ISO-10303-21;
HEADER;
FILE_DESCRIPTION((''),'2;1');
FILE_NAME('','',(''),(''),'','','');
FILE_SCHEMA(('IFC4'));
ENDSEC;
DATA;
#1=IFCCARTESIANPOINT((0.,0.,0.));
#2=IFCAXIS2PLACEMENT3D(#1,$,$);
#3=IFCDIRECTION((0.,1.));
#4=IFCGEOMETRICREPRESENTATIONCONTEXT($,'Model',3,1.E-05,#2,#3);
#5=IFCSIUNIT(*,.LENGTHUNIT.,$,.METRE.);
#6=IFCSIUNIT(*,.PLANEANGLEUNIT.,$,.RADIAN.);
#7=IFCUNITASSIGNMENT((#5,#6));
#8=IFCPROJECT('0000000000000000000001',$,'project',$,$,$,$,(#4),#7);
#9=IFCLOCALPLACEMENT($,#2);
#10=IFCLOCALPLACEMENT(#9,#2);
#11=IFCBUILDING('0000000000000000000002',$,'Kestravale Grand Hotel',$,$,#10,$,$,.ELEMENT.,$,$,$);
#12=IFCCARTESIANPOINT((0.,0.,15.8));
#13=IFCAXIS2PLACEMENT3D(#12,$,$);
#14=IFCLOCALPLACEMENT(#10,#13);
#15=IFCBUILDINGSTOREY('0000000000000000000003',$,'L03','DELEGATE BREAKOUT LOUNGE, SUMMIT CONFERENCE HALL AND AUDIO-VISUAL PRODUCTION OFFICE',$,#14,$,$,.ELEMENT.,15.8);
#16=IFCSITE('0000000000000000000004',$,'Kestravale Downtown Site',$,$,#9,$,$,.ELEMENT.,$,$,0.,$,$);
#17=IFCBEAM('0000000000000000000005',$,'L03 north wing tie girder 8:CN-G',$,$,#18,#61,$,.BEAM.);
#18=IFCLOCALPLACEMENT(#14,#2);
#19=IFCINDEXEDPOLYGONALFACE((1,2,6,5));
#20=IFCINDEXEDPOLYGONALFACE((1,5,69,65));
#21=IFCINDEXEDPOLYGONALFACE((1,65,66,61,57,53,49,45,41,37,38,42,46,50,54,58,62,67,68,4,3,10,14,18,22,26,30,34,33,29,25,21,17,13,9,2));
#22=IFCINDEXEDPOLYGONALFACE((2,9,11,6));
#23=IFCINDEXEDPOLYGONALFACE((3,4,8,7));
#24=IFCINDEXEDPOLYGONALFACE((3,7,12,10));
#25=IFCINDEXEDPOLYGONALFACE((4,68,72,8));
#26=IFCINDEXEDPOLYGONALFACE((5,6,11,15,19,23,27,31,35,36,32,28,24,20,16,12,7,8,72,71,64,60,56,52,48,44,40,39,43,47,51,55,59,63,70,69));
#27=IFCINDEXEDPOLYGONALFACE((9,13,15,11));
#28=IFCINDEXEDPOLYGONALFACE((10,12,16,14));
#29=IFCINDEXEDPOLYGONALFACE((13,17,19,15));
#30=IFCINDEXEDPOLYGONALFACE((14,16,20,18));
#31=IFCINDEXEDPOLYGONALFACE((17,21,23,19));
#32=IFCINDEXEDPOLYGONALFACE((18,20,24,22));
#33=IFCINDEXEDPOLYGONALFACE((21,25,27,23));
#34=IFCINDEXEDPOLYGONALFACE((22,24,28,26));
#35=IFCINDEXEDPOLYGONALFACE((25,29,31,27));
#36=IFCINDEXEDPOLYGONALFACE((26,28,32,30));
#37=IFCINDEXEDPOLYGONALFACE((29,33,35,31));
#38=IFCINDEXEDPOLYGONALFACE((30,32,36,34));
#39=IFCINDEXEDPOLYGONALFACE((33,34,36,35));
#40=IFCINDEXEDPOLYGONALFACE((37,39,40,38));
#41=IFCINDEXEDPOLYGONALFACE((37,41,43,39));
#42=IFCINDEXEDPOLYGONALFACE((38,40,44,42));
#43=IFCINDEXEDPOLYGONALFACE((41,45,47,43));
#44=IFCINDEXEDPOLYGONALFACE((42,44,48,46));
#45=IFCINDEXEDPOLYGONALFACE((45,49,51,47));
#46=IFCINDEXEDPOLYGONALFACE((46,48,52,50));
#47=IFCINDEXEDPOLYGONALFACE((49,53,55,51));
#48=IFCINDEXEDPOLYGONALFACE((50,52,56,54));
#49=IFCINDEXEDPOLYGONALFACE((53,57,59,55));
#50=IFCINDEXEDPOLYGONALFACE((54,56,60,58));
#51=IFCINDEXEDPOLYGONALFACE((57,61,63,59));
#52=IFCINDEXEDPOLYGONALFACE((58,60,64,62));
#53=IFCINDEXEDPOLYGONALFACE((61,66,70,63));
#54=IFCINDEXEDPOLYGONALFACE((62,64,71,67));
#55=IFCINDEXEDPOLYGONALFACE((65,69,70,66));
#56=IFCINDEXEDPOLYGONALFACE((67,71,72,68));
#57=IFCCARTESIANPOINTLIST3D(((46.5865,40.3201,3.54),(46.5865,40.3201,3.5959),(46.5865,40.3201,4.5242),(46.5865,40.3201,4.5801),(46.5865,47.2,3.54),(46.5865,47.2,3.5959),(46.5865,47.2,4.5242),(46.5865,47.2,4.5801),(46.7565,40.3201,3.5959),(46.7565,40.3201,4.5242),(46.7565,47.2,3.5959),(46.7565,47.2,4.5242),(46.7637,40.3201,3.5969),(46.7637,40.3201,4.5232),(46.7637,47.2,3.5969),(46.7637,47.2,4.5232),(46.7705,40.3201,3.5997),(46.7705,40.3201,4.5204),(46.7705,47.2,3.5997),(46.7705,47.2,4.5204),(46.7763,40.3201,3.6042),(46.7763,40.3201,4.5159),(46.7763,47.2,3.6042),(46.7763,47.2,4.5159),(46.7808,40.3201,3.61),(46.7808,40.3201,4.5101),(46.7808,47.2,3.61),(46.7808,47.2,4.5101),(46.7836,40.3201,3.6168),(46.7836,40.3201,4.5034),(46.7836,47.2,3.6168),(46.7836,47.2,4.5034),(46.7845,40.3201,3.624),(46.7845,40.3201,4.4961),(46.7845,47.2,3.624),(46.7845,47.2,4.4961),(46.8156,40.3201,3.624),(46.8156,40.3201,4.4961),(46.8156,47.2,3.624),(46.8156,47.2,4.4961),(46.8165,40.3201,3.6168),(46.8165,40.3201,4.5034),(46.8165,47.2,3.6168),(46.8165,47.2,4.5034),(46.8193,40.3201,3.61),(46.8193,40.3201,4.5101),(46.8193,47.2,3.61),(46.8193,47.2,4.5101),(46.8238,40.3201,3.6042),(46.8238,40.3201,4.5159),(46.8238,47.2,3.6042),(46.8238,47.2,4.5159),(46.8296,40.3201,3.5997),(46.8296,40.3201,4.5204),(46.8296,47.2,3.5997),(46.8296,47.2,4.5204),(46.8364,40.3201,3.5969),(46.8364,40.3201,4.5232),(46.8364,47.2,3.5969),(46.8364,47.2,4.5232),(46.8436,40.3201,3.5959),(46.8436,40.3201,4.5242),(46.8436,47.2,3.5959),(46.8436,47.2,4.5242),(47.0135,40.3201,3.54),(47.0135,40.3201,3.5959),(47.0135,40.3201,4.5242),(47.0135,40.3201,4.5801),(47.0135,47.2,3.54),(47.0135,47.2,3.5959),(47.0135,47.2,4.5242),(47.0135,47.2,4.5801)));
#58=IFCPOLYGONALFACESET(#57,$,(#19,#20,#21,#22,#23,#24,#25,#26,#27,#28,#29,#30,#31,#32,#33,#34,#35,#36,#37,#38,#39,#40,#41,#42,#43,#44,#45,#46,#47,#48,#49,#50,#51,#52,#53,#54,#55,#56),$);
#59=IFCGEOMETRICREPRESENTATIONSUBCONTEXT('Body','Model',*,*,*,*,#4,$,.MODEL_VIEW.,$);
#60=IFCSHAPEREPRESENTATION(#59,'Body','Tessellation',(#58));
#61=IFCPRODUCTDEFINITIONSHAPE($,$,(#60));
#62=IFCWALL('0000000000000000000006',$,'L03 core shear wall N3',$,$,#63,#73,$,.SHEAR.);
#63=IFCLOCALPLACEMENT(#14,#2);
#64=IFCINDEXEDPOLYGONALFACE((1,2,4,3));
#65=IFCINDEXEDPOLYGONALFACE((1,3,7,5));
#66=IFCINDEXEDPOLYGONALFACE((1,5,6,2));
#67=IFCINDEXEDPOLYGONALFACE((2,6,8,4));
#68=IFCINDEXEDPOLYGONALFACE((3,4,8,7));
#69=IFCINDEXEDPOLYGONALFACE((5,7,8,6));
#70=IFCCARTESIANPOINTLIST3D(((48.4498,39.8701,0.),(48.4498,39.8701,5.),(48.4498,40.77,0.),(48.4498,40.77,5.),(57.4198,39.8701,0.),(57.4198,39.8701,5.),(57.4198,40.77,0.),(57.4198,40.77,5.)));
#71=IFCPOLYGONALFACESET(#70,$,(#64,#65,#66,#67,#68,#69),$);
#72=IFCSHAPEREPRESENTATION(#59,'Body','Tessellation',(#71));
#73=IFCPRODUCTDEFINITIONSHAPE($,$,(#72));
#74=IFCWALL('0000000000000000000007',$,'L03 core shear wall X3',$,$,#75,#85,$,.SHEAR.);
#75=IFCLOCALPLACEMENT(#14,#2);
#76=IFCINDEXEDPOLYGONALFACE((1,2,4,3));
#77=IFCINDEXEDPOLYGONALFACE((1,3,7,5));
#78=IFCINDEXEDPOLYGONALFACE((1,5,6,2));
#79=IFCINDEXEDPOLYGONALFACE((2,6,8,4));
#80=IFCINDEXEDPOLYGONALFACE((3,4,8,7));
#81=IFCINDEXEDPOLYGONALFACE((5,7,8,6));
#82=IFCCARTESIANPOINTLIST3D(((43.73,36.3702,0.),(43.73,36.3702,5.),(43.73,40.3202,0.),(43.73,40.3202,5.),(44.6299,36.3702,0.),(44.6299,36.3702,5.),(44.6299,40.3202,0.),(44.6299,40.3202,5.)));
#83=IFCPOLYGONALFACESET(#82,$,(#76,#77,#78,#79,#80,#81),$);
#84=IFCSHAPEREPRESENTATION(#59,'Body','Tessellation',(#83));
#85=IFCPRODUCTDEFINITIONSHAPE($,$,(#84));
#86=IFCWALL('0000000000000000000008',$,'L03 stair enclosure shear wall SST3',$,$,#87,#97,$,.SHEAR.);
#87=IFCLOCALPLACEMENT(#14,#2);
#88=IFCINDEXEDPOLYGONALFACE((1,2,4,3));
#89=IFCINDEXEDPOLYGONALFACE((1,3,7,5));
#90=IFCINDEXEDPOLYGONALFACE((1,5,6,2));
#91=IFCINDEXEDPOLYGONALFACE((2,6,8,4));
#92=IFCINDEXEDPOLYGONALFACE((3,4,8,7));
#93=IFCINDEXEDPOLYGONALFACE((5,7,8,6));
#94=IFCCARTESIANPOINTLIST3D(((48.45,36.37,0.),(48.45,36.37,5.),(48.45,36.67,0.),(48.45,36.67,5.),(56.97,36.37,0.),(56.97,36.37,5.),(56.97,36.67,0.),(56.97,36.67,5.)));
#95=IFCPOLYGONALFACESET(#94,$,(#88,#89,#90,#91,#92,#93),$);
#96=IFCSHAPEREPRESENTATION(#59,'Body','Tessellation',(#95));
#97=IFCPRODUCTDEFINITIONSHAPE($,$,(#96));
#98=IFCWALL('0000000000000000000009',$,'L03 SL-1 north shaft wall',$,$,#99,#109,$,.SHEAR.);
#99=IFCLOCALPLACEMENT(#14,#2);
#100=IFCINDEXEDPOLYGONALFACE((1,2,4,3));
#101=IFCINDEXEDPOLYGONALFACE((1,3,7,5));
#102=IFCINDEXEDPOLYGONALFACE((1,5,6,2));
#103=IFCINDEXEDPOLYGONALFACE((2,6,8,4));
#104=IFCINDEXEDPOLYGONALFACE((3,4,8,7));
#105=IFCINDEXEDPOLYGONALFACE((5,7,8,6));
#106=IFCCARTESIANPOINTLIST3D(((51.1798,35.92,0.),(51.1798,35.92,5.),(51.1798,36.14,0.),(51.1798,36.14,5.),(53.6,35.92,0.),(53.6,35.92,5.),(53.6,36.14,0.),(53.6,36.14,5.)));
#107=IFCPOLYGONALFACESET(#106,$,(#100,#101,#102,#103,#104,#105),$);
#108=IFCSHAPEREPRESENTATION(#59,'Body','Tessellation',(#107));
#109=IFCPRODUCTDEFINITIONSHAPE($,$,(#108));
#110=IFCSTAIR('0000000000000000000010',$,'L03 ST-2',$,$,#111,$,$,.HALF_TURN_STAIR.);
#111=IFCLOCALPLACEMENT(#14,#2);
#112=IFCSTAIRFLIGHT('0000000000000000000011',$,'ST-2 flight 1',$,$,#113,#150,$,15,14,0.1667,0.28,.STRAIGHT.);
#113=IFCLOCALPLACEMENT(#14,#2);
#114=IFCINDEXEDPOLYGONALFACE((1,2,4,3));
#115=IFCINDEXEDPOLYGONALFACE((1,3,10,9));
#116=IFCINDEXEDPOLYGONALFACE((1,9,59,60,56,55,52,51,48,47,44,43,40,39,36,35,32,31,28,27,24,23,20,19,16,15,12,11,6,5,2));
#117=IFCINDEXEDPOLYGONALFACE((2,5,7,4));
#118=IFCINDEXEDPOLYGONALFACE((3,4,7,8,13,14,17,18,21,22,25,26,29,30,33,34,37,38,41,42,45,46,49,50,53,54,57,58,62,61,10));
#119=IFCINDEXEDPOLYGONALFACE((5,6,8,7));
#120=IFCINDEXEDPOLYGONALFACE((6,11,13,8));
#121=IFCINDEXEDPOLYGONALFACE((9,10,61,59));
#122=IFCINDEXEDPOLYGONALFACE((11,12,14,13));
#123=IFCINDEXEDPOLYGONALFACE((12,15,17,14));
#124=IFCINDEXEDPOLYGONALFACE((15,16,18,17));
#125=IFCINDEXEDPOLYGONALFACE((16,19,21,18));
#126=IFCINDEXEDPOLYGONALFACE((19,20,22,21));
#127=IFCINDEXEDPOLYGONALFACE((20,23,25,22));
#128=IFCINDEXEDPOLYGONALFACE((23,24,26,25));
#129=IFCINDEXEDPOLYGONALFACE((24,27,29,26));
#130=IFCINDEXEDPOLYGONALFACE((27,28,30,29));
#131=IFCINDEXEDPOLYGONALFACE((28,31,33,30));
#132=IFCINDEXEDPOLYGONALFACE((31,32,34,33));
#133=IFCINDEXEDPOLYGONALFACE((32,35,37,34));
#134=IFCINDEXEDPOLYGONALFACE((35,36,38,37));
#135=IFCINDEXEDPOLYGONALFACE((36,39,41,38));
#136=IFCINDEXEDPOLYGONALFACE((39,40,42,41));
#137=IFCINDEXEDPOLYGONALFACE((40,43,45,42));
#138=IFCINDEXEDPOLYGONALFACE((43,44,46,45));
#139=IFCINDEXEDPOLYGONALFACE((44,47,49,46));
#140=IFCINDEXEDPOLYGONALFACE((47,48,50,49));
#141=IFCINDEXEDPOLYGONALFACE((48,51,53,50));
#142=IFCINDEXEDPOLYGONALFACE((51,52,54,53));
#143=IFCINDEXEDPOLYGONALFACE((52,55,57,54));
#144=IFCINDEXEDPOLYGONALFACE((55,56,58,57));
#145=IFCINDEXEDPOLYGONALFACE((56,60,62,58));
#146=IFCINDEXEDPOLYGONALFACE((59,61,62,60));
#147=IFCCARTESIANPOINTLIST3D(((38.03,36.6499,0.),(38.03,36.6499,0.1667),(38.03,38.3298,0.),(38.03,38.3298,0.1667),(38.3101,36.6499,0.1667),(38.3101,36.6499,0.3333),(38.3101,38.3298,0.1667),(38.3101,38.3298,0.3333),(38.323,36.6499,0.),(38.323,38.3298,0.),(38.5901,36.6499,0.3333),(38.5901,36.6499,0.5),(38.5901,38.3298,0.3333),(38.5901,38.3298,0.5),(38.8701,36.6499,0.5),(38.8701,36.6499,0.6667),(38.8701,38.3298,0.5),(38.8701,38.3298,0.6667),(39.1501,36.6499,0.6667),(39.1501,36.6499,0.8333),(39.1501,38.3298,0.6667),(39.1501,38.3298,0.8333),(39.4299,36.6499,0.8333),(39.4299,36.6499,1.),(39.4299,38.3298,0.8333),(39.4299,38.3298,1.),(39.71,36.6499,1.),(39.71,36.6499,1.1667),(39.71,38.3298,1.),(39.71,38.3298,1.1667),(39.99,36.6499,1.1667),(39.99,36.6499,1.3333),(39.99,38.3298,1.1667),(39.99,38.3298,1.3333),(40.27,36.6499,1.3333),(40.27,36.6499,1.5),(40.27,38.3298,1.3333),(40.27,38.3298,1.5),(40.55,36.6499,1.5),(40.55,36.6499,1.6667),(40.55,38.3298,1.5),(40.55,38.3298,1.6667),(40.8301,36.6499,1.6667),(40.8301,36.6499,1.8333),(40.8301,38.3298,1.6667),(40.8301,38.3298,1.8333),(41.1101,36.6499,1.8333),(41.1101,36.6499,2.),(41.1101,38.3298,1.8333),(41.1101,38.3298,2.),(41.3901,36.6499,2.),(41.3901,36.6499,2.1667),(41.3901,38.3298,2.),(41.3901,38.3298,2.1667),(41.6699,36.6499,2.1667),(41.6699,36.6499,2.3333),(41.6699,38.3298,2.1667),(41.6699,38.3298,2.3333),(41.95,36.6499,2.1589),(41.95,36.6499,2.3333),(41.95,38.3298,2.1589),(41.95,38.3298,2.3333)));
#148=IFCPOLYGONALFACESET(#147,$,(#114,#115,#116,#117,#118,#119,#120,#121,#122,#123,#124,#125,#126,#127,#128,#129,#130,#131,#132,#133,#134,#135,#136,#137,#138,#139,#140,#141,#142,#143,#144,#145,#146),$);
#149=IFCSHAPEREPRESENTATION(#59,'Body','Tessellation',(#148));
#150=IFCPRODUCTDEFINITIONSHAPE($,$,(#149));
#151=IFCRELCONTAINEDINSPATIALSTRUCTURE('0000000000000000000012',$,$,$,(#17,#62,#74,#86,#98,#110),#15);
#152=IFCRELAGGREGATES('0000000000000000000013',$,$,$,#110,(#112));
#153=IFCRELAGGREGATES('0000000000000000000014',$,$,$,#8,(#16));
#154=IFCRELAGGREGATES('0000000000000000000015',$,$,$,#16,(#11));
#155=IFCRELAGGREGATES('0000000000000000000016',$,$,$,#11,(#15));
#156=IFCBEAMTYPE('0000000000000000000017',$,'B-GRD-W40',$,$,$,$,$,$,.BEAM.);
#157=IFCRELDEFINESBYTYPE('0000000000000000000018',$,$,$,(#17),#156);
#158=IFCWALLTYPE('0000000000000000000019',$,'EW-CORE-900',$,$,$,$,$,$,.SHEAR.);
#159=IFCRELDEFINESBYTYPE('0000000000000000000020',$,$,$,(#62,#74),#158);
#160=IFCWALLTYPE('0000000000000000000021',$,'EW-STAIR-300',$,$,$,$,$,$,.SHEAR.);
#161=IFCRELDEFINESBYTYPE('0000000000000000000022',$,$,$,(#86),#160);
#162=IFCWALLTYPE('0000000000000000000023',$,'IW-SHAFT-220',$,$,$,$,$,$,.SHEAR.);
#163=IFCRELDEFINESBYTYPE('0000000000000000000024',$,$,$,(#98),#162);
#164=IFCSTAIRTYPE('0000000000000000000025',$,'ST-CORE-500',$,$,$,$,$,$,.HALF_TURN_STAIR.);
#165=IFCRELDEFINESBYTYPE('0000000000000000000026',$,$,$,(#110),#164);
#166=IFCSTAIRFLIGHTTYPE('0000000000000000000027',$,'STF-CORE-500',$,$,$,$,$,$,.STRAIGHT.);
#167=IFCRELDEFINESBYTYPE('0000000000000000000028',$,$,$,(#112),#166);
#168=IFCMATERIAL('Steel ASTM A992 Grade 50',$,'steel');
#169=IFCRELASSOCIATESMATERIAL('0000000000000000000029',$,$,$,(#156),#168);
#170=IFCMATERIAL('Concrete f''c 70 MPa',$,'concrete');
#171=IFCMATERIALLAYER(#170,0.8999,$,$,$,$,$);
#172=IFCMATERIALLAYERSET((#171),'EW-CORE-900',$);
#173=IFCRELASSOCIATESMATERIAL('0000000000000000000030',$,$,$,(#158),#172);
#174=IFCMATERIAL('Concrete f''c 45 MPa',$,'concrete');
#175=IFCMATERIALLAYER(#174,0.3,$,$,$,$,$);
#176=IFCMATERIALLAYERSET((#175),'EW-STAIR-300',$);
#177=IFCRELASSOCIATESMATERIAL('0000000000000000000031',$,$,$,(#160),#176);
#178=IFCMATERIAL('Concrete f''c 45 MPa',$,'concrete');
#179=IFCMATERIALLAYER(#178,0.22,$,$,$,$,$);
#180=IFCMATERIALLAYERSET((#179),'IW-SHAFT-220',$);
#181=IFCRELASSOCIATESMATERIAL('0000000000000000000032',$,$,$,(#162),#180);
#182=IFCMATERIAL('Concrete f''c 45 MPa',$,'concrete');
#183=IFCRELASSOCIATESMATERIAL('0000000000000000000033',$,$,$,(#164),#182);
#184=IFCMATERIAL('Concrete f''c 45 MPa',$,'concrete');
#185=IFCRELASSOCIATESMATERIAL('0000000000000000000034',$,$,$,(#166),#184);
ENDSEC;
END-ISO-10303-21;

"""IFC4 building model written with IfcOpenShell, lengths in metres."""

from ifc_helpers import new_model, si_unit, direction, frame, frame_2d, origin, origin_2d, place, context, subcontext, project, spatial, polyline, rectangle, i_section, outline, extrude, material, layer, layer_set, material_profile, profile_set, type_object, element, aggregate, save


model = new_model("IFC4")

# Units and contexts
model_context = context("Model", 3, precision=1e-05, world=origin(), true_north=direction((0.0, 1.0)))
body_context = subcontext(model_context, "Body", "Model", "MODEL_VIEW")
ifc_project = project(units=[si_unit("LENGTHUNIT", "METRE"), si_unit("PLANEANGLEUNIT", "RADIAN")], contexts=[model_context])

# Site, building, storey
site_placement = place(None, origin())
site = spatial("IfcSite", under=ifc_project, at=site_placement, Name="Kestravale Downtown Site", CompositionType="ELEMENT", RefElevation=0.0)
building_placement = place(site_placement, origin())
building = spatial("IfcBuilding", under=site, at=building_placement, Name="Kestravale Grand Hotel", CompositionType="ELEMENT")
storey_placement = place(building_placement, frame((0.0, 0.0, 15.8)))
storey = spatial("IfcBuildingStorey", under=building, at=storey_placement, Name="L03", Description="DELEGATE BREAKOUT LOUNGE, SUMMIT CONFERENCE HALL AND AUDIO-VISUAL PRODUCTION OFFICE", CompositionType="ELEMENT", Elevation=15.8)

# Beam
ifc_material_1 = material(Name="Steel ASTM A992 Grade 50", Category="steel")
ifc_material_profile_1 = material_profile(ifc_material_1, i_section(OverallWidth=0.427, OverallDepth=1.04, WebThickness=0.031, FlangeThickness=0.0559, FilletRadius=0.0281, at=origin_2d()))
ifc_profile_set_1 = profile_set([ifc_material_profile_1], Name="Steel ASTM A992 Grade 50")
beam_type_1 = type_object("IfcBeamType", Name="B-GRD-W40", PredefinedType="BEAM", material=ifc_profile_set_1)
beam_1_placement = place(storey_placement, frame((46.8, 40.3201, 4.0601), z_axis=(0.0, 1.0, 0.0), x_axis=(-1.0, 0.0, 0.0)))
element("IfcBeam", 1, at=beam_1_placement, inside=storey, type_object=beam_type_1, Name="L03 north wing tie girder 8:CN-G", PredefinedType="BEAM", context=body_context, shape_type="SweptSolid", body=[
    extrude(i_section(OverallWidth=0.427, OverallDepth=1.04, WebThickness=0.031, FlangeThickness=0.0559, FilletRadius=0.0281, at=origin_2d()), origin(), (0.0, 0.0, 1.0), 6.8799),
])

# Walls
ifc_material_2 = material(Name="Concrete f'c 70 MPa", Category="concrete")
ifc_layer_1 = layer(ifc_material_2, 0.8999)
ifc_layer_set_1 = layer_set([ifc_layer_1], Name="EW-CORE-900")
wall_type_1 = type_object("IfcWallType", Name="EW-CORE-900", PredefinedType="SHEAR", material=ifc_layer_set_1)
wall_1_placement = place(storey_placement, frame((48.45, 40.3201, 0.0), z_axis=(0.0, 0.0, 1.0), x_axis=(1.0, 0.0, 0.0)))
element("IfcWall", 2, at=wall_1_placement, inside=storey, type_object=wall_type_1, Name="L03 core shear wall N3", PredefinedType="SHEAR", context=body_context, shape_type="SweptSolid", body=[
    extrude(rectangle(XDim=8.97, YDim=0.8999, at=frame_2d((4.4849, 0.0))), origin(), (0.0, 0.0, 1.0), 5.0),
])
wall_2_placement = place(storey_placement, frame((44.1799, 36.3701, 0.0), z_axis=(0.0, 0.0, 1.0), x_axis=(0.0, 1.0, 0.0)))
element("IfcWall", 3, at=wall_2_placement, inside=storey, type_object=wall_type_1, Name="L03 core shear wall X3", PredefinedType="SHEAR", context=body_context, shape_type="SweptSolid", body=[
    extrude(rectangle(XDim=3.95, YDim=0.8999, at=frame_2d((1.9751, 0.0))), origin(), (0.0, 0.0, 1.0), 5.0),
])
ifc_material_3 = material(Name="Concrete f'c 45 MPa", Category="concrete")
ifc_layer_2 = layer(ifc_material_3, 0.3)
ifc_layer_set_2 = layer_set([ifc_layer_2], Name="EW-STAIR-300")
wall_type_2 = type_object("IfcWallType", Name="EW-STAIR-300", PredefinedType="SHEAR", material=ifc_layer_set_2)
wall_3_placement = place(storey_placement, frame((48.45, 36.52, 0.0), z_axis=(0.0, 0.0, 1.0), x_axis=(1.0, 0.0, 0.0)))
element("IfcWall", 4, at=wall_3_placement, inside=storey, type_object=wall_type_2, Name="L03 stair enclosure shear wall SST3", PredefinedType="SHEAR", context=body_context, shape_type="SweptSolid", body=[
    extrude(rectangle(XDim=8.52, YDim=0.3, at=frame_2d((4.26, 0.0))), origin(), (0.0, 0.0, 1.0), 5.0),
])

# Wall
ifc_material_4 = material(Name="Concrete f'c 45 MPa", Category="concrete")
ifc_layer_3 = layer(ifc_material_4, 0.22)
ifc_layer_set_3 = layer_set([ifc_layer_3], Name="IW-SHAFT-220")
wall_type_3 = type_object("IfcWallType", Name="IW-SHAFT-220", PredefinedType="SHEAR", material=ifc_layer_set_3)
wall_4_placement = place(storey_placement, frame((51.1799, 36.03, 0.0), z_axis=(0.0, 0.0, 1.0), x_axis=(1.0, 0.0, 0.0)))
element("IfcWall", 5, at=wall_4_placement, inside=storey, type_object=wall_type_3, Name="L03 SL-1 north shaft wall", PredefinedType="SHEAR", context=body_context, shape_type="SweptSolid", body=[
    extrude(rectangle(XDim=2.4202, YDim=0.22, at=frame_2d((1.21, 0.0))), origin(), (0.0, 0.0, 1.0), 5.0),
])

# Stair, stair flight
ifc_material_5 = material(Name="Concrete f'c 45 MPa", Category="concrete")
stair_type = type_object("IfcStairType", Name="ST-CORE-500", PredefinedType="HALF_TURN_STAIR", material=ifc_material_5)
stair_1_placement = place(storey_placement, origin())
stair_1 = element("IfcStair", 6, at=stair_1_placement, inside=storey, type_object=stair_type, Name="L03 ST-2", PredefinedType="HALF_TURN_STAIR")
ifc_material_6 = material(Name="Concrete f'c 45 MPa", Category="concrete")
stair_flight_type = type_object("IfcStairFlightType", Name="STF-CORE-500", PredefinedType="STRAIGHT", material=ifc_material_6)
stair_flight_1_placement = place(storey_placement, frame((38.03, 37.49, 0.0), z_axis=(0.0, 0.0, 1.0), x_axis=(1.0, 0.0, 0.0)))
stair_flight_1 = element("IfcStairFlight", 7, at=stair_flight_1_placement, type_object=stair_flight_type, Name="ST-2 flight 1", NumberOfRisers=15, NumberOfTreads=14, PredefinedType="STRAIGHT", RiserHeight=0.1667, TreadLength=0.28, context=body_context, shape_type="SweptSolid", body=[
    extrude(outline(polyline([(0.0, 0.0), (0.0, 0.1667), (0.28, 0.1667), (0.28, 0.3333), (0.5601, 0.3333), (0.5601, 0.5), (0.8401, 0.5), (0.8401, 0.6667), (1.1201, 0.6667), (1.1201, 0.8333), (1.3999, 0.8333), (1.3999, 1.0), (1.6799, 1.0), (1.6799, 1.1667), (1.96, 1.1667), (1.96, 1.3333), (2.24, 1.3333), (2.24, 1.5), (2.52, 1.5), (2.52, 1.6667), (2.8, 1.6667), (2.8, 1.8333), (3.0801, 1.8333), (3.0801, 2.0), (3.3601, 2.0), (3.3601, 2.1667), (3.6399, 2.1667), (3.6399, 2.3333), (3.9199, 2.3333), (3.9199, 2.5), (3.9199, 2.1589), (0.293, 0.0), (0.0, 0.0)])), frame((0.0, 0.8398, 0.0), z_axis=(0.0, -1.0, 0.0), x_axis=(1.0, 0.0, 0.0)), (0.0, 0.0, 1.0), 1.6799),
])
aggregate(stair_1, [stair_flight_1])

save(model, "model.ifc")
